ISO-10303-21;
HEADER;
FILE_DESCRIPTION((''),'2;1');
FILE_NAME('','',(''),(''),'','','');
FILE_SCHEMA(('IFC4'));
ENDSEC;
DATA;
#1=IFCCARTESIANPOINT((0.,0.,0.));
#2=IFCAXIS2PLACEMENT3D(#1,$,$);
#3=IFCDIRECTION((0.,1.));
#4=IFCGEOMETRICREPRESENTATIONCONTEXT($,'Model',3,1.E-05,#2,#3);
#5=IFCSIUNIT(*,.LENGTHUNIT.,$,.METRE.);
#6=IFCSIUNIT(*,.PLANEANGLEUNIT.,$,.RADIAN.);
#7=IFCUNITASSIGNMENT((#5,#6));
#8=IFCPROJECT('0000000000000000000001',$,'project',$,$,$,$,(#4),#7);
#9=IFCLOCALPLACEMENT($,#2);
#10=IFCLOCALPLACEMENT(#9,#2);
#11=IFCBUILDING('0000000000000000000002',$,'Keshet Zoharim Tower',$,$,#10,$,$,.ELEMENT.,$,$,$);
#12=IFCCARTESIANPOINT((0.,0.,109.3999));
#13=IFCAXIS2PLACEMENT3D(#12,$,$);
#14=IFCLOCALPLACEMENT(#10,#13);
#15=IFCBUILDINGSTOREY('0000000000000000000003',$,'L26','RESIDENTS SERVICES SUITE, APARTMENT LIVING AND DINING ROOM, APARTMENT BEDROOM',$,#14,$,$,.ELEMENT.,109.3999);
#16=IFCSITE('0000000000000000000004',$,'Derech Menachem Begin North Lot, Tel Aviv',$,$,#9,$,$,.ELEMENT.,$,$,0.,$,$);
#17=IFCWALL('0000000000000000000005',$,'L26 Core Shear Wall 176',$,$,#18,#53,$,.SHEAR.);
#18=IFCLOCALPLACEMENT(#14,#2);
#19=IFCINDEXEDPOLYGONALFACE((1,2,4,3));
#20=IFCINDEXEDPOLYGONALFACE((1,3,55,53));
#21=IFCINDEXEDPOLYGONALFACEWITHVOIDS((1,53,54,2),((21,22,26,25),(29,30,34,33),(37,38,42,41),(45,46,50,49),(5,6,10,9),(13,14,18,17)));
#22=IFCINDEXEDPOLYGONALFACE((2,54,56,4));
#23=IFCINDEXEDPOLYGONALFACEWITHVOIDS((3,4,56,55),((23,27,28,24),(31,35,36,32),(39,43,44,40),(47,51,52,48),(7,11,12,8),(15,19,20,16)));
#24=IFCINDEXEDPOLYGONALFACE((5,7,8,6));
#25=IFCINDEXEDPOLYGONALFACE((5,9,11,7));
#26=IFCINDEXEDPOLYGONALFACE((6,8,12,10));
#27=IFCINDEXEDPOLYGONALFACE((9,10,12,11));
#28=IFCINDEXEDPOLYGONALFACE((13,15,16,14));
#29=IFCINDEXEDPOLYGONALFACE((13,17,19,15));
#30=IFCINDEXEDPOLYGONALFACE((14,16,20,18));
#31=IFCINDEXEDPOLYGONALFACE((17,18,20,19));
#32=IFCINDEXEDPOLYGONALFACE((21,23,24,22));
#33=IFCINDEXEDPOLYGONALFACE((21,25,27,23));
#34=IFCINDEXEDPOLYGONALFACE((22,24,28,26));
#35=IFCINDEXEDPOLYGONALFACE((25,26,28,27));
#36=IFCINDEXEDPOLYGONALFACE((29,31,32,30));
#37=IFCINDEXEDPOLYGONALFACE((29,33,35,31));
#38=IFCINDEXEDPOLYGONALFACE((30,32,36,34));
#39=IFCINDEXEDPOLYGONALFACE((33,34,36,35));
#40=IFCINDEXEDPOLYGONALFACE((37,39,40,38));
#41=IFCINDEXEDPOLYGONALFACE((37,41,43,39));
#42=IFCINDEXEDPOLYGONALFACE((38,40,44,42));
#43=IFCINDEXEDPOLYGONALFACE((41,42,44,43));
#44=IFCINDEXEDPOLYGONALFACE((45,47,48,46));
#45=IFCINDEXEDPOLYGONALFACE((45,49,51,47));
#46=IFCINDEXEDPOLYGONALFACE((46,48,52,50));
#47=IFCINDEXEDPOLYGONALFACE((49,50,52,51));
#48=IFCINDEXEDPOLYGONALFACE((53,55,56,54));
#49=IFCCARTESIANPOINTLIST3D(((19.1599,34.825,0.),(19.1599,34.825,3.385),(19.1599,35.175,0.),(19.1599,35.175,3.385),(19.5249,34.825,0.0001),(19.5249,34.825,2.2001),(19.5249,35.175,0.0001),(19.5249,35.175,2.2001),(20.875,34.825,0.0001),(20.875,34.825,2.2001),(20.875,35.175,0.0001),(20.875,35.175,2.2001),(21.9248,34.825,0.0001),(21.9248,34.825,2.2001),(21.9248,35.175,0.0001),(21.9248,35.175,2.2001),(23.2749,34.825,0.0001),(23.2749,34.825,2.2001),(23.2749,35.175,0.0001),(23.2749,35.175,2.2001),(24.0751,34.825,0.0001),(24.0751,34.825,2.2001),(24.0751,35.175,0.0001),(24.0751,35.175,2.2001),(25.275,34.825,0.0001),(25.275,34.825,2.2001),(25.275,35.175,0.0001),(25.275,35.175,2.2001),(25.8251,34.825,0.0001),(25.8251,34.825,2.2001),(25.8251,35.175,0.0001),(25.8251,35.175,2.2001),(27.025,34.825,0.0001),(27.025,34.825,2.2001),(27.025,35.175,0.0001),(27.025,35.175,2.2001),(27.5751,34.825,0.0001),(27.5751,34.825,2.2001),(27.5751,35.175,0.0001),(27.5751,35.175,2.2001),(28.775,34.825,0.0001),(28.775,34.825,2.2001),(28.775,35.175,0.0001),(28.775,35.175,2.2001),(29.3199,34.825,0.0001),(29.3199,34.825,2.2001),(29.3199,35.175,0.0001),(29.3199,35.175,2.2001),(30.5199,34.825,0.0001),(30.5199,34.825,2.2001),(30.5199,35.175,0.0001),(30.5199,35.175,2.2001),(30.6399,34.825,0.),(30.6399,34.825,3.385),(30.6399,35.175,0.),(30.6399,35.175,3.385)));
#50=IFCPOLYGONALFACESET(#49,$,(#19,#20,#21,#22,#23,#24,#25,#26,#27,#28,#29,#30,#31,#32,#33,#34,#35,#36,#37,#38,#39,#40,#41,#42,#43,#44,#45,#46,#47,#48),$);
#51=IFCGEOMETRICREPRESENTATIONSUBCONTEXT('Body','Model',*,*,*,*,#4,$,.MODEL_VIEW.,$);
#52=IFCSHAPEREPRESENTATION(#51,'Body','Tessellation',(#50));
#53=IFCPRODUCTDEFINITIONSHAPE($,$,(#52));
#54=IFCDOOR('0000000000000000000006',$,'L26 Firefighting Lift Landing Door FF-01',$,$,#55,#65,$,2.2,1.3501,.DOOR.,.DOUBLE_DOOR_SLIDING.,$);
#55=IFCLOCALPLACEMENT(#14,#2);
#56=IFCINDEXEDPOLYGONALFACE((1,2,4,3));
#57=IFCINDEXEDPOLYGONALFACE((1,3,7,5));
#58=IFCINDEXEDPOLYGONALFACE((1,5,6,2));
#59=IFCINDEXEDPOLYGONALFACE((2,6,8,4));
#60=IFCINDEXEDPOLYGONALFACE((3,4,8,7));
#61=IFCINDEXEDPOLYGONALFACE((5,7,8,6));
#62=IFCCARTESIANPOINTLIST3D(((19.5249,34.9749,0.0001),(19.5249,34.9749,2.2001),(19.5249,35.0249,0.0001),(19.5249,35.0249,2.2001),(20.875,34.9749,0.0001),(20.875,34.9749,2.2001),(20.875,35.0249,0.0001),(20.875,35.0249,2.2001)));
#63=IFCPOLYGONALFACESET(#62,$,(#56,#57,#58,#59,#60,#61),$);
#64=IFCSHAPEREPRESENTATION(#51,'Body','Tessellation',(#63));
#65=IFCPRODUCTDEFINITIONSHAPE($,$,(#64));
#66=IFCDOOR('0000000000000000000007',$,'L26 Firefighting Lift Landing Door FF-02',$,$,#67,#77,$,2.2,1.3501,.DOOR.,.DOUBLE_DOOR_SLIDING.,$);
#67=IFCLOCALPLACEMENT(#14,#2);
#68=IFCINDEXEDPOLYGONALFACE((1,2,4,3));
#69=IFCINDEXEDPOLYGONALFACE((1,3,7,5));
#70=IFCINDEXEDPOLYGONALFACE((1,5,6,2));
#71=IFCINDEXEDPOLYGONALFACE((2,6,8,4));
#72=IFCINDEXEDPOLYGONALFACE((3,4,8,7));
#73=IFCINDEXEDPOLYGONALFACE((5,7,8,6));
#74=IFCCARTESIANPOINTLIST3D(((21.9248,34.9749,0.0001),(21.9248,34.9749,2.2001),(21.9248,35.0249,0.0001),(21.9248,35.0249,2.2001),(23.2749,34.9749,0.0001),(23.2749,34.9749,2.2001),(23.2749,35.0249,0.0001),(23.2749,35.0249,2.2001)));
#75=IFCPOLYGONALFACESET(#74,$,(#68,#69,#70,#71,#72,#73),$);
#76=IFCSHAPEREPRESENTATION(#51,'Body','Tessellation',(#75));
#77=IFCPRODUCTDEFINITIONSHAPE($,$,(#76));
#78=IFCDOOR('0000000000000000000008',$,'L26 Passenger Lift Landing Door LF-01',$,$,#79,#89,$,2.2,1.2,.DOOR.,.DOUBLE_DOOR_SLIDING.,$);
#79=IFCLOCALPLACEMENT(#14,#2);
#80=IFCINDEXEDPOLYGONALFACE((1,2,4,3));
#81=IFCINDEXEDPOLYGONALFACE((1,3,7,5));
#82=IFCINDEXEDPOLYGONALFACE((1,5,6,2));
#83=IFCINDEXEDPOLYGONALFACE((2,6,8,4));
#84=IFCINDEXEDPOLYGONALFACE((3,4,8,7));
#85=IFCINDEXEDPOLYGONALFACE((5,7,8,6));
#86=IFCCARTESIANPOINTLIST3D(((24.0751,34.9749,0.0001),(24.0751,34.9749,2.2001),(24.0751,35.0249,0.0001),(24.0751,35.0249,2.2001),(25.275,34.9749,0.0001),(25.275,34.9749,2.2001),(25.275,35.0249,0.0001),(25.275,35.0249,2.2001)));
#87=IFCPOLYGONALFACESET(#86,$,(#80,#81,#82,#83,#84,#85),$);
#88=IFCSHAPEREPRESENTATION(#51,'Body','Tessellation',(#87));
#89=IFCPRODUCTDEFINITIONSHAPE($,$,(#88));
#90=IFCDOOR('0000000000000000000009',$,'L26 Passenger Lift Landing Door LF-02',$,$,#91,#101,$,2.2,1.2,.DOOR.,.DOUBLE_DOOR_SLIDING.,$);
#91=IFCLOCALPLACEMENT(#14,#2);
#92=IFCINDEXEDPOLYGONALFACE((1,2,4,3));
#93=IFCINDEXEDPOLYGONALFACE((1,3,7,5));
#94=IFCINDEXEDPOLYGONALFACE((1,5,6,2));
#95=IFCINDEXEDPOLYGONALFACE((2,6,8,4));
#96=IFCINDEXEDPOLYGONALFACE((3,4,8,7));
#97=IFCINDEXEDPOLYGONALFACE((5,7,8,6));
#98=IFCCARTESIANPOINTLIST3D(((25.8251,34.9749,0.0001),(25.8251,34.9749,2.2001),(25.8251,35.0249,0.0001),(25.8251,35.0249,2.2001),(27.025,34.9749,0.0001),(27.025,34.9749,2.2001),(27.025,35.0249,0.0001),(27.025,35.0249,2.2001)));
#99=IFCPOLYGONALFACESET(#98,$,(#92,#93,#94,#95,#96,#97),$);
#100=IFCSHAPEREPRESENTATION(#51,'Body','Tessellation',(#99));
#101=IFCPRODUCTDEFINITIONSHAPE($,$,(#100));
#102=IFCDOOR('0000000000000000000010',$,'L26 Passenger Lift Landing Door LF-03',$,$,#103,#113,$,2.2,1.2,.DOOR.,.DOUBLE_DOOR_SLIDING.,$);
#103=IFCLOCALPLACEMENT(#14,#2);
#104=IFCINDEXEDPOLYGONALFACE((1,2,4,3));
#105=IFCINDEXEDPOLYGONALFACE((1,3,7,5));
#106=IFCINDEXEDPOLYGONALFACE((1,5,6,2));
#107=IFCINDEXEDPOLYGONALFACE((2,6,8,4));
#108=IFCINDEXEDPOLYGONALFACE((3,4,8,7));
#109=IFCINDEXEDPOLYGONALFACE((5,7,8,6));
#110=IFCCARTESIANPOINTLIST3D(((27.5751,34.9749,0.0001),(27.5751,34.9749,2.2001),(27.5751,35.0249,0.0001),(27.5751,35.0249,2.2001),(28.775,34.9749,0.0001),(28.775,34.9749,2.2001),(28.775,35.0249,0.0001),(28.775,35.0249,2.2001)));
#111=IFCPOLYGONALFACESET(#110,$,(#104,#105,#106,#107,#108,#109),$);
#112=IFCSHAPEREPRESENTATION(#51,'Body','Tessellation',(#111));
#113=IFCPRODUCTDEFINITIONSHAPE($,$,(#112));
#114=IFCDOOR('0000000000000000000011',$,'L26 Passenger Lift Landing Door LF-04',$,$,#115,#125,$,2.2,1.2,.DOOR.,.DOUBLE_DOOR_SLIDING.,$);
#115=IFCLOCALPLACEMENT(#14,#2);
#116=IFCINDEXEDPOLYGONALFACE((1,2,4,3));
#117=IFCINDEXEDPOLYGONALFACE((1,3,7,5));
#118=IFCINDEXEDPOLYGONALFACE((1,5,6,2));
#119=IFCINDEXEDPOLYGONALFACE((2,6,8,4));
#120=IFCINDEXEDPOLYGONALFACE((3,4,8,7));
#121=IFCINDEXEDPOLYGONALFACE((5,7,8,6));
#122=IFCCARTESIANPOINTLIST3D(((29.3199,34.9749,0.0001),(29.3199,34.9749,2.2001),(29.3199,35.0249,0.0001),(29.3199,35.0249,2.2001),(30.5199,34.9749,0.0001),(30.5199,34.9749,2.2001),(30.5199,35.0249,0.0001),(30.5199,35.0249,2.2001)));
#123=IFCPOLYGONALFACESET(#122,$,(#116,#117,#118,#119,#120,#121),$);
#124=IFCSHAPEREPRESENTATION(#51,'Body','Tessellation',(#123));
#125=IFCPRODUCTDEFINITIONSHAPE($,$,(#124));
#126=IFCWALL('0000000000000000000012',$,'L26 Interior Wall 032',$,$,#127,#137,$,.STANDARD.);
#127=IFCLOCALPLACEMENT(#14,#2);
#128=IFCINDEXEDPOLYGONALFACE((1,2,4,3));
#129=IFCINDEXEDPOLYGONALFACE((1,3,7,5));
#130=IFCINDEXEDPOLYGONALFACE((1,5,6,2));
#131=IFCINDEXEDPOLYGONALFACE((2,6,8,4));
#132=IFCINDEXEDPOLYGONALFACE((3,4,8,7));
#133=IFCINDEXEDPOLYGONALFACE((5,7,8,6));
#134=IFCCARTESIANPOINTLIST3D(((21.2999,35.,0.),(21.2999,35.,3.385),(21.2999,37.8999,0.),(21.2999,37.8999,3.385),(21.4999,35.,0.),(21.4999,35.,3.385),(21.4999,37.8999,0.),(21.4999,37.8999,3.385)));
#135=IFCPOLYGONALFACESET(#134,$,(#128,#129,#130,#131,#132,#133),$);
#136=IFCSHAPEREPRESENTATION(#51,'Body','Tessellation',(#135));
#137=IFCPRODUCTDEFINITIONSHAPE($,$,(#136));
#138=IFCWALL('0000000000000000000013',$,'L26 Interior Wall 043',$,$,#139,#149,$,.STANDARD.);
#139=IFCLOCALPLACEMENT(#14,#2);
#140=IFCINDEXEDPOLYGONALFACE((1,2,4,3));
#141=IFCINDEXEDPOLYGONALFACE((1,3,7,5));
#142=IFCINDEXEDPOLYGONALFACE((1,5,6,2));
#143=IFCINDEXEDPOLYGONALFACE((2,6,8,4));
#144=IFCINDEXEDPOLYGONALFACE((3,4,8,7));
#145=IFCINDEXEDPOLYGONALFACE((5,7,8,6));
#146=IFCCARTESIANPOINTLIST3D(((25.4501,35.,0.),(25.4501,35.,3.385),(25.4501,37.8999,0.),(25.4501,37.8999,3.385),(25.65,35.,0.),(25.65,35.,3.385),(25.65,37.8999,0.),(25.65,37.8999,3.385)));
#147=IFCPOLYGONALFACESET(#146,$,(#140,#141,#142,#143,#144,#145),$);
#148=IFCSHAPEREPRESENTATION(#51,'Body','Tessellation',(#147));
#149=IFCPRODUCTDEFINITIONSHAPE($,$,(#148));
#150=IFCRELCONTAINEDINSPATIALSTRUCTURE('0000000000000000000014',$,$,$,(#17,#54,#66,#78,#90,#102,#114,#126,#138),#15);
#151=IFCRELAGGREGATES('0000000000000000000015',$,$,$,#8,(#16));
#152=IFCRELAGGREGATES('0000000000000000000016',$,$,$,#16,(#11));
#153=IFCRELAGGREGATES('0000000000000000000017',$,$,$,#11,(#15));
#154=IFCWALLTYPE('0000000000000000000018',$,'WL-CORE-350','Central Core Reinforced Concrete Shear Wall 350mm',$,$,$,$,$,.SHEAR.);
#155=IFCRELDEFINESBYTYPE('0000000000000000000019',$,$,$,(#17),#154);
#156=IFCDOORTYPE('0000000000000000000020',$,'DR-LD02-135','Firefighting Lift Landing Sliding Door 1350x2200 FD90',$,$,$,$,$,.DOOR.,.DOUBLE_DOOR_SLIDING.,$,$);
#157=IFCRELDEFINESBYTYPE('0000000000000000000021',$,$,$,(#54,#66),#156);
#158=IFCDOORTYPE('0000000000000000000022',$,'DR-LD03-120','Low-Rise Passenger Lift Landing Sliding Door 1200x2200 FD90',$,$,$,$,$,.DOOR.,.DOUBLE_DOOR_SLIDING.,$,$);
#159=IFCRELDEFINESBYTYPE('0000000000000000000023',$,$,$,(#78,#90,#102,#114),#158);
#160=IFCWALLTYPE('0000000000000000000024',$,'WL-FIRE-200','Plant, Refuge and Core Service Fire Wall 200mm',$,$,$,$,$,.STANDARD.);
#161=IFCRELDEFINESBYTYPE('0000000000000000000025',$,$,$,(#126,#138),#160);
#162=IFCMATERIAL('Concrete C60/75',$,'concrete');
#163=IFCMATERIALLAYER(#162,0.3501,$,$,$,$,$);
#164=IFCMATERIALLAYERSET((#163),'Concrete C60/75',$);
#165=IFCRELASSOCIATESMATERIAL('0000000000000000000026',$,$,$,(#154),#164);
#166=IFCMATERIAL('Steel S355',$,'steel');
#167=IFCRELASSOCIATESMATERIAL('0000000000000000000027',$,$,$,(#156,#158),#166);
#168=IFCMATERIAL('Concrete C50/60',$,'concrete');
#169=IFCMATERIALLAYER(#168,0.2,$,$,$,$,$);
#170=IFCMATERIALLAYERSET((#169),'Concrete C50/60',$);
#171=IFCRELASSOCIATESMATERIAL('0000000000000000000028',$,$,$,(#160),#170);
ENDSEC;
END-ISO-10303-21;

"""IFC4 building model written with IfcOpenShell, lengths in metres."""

from ifc_helpers import new_model, si_unit, direction, frame, frame_2d, origin, place, context, subcontext, project, spatial, rectangle, extrude, material, layer, layer_set, type_object, element, fill, save


model = new_model("IFC4")

# Units and contexts
model_context = context("Model", 3, precision=1e-05, world=origin(), true_north=direction((0.0, 1.0)))
body_context = subcontext(model_context, "Body", "Model", "MODEL_VIEW")
ifc_project = project(units=[si_unit("LENGTHUNIT", "METRE"), si_unit("PLANEANGLEUNIT", "RADIAN")], contexts=[model_context])

# Site, building, storey
site_placement = place(None, origin())
site = spatial("IfcSite", under=ifc_project, at=site_placement, Name="Derech Menachem Begin North Lot, Tel Aviv", CompositionType="ELEMENT", RefElevation=0.0)
building_placement = place(site_placement, origin())
building = spatial("IfcBuilding", under=site, at=building_placement, Name="Keshet Zoharim Tower", CompositionType="ELEMENT")
storey_placement = place(building_placement, frame((0.0, 0.0, 109.3999)))
storey = spatial("IfcBuildingStorey", under=building, at=storey_placement, Name="L26", Description="RESIDENTS SERVICES SUITE, APARTMENT LIVING AND DINING ROOM, APARTMENT BEDROOM", CompositionType="ELEMENT", Elevation=109.3999)

# Shared definitions
ifc_material_1 = material(Name="Concrete C60/75", Category="concrete")
ifc_layer_1 = layer(ifc_material_1, 0.3501)
ifc_layer_set_1 = layer_set([ifc_layer_1], Name="Concrete C60/75")
wall_type_1 = type_object("IfcWallType", Name="WL-CORE-350", Description="Central Core Reinforced Concrete Shear Wall 350mm", PredefinedType="SHEAR", material=ifc_layer_set_1)

# Wall, openings, doors
wall_1_placement = place(storey_placement, frame((19.1599, 35.0, 0.0), z_axis=(0.0, 0.0, 1.0), x_axis=(1.0, 0.0, 0.0)))
wall_1 = element("IfcWall", 1, at=wall_1_placement, inside=storey, type_object=wall_type_1, Name="L26 Core Shear Wall 176", PredefinedType="SHEAR", context=body_context, shape_type="SweptSolid", body=[
    extrude(rectangle(XDim=11.48, YDim=0.3501, at=frame_2d((5.74, 0.0))), origin(), (0.0, 0.0, 1.0), 3.385),
])
opening_1_placement = place(wall_1_placement, frame((0.365, 0.0, 0.0)))
opening_1 = element("IfcOpeningElement", 2, at=opening_1_placement, cuts=wall_1, PredefinedType="OPENING", context=body_context, shape_type="SweptSolid", body=[
    extrude(rectangle(XDim=1.3501, YDim=2.2, at=frame_2d((0.675, 1.1001))), frame((0.0, 0.1851, 0.0), z_axis=(0.0, -1.0, 0.0), x_axis=(1.0, 0.0, 0.0)), (0.0, 0.0, 1.0), 0.3701),
])
opening_2_placement = place(wall_1_placement, frame((2.7649, 0.0, 0.0)))
opening_2 = element("IfcOpeningElement", 3, at=opening_2_placement, cuts=wall_1, PredefinedType="OPENING", context=body_context, shape_type="SweptSolid", body=[
    extrude(rectangle(XDim=1.3501, YDim=2.2, at=frame_2d((0.675, 1.1001))), frame((0.0, 0.1851, 0.0), z_axis=(0.0, -1.0, 0.0), x_axis=(1.0, 0.0, 0.0)), (0.0, 0.0, 1.0), 0.3701),
])
opening_3_placement = place(wall_1_placement, frame((4.915, 0.0, 0.0)))
opening_3 = element("IfcOpeningElement", 4, at=opening_3_placement, cuts=wall_1, PredefinedType="OPENING", context=body_context, shape_type="SweptSolid", body=[
    extrude(rectangle(XDim=1.2, YDim=2.2, at=frame_2d((0.6001, 1.1001))), frame((0.0, 0.1851, 0.0), z_axis=(0.0, -1.0, 0.0), x_axis=(1.0, 0.0, 0.0)), (0.0, 0.0, 1.0), 0.3701),
])
opening_4_placement = place(wall_1_placement, frame((6.665, 0.0, 0.0)))
opening_4 = element("IfcOpeningElement", 5, at=opening_4_placement, cuts=wall_1, PredefinedType="OPENING", context=body_context, shape_type="SweptSolid", body=[
    extrude(rectangle(XDim=1.2, YDim=2.2, at=frame_2d((0.6001, 1.1001))), frame((0.0, 0.1851, 0.0), z_axis=(0.0, -1.0, 0.0), x_axis=(1.0, 0.0, 0.0)), (0.0, 0.0, 1.0), 0.3701),
])
opening_5_placement = place(wall_1_placement, frame((8.415, 0.0, 0.0)))
opening_5 = element("IfcOpeningElement", 6, at=opening_5_placement, cuts=wall_1, PredefinedType="OPENING", context=body_context, shape_type="SweptSolid", body=[
    extrude(rectangle(XDim=1.2, YDim=2.2, at=frame_2d((0.6001, 1.1001))), frame((0.0, 0.1851, 0.0), z_axis=(0.0, -1.0, 0.0), x_axis=(1.0, 0.0, 0.0)), (0.0, 0.0, 1.0), 0.3701),
])
opening_6_placement = place(wall_1_placement, frame((10.1599, 0.0, 0.0)))
opening_6 = element("IfcOpeningElement", 7, at=opening_6_placement, cuts=wall_1, PredefinedType="OPENING", context=body_context, shape_type="SweptSolid", body=[
    extrude(rectangle(XDim=1.2, YDim=2.2, at=frame_2d((0.6001, 1.1001))), frame((0.0, 0.1851, 0.0), z_axis=(0.0, -1.0, 0.0), x_axis=(1.0, 0.0, 0.0)), (0.0, 0.0, 1.0), 0.3701),
])
ifc_material_2 = material(Name="Steel S355", Category="steel")
door_type_1 = type_object("IfcDoorType", Name="DR-LD02-135", Description="Firefighting Lift Landing Sliding Door 1350x2200 FD90", OperationType="DOUBLE_DOOR_SLIDING", PredefinedType="DOOR", material=ifc_material_2)
door_1_placement = place(opening_1_placement, origin())
door_1 = element("IfcDoor", 8, at=door_1_placement, inside=storey, type_object=door_type_1, Name="L26 Firefighting Lift Landing Door FF-01", OperationType="DOUBLE_DOOR_SLIDING", OverallHeight=2.2, OverallWidth=1.3501, PredefinedType="DOOR", context=body_context, shape_type="SweptSolid", body=[
    extrude(rectangle(XDim=1.3501, YDim=2.2, at=frame_2d((0.675, 1.1001))), frame((0.0, 0.0249, 0.0), z_axis=(0.0, -1.0, 0.0), x_axis=(1.0, 0.0, 0.0)), (0.0, 0.0, 1.0), 0.05),
])
fill(opening_1, door_1)
door_2_placement = place(opening_2_placement, origin())
door_2 = element("IfcDoor", 9, at=door_2_placement, inside=storey, type_object=door_type_1, Name="L26 Firefighting Lift Landing Door FF-02", OperationType="DOUBLE_DOOR_SLIDING", OverallHeight=2.2, OverallWidth=1.3501, PredefinedType="DOOR", context=body_context, shape_type="SweptSolid", body=[
    extrude(rectangle(XDim=1.3501, YDim=2.2, at=frame_2d((0.675, 1.1001))), frame((0.0, 0.0249, 0.0), z_axis=(0.0, -1.0, 0.0), x_axis=(1.0, 0.0, 0.0)), (0.0, 0.0, 1.0), 0.05),
])
fill(opening_2, door_2)
door_type_2 = type_object("IfcDoorType", Name="DR-LD03-120", Description="Low-Rise Passenger Lift Landing Sliding Door 1200x2200 FD90", OperationType="DOUBLE_DOOR_SLIDING", PredefinedType="DOOR", material=ifc_material_2)
door_3_placement = place(opening_3_placement, origin())
door_3 = element("IfcDoor", 10, at=door_3_placement, inside=storey, type_object=door_type_2, Name="L26 Passenger Lift Landing Door LF-01", OperationType="DOUBLE_DOOR_SLIDING", OverallHeight=2.2, OverallWidth=1.2, PredefinedType="DOOR", context=body_context, shape_type="SweptSolid", body=[
    extrude(rectangle(XDim=1.2, YDim=2.2, at=frame_2d((0.6001, 1.1001))), frame((0.0, 0.0249, 0.0), z_axis=(0.0, -1.0, 0.0), x_axis=(1.0, 0.0, 0.0)), (0.0, 0.0, 1.0), 0.05),
])
fill(opening_3, door_3)
door_4_placement = place(opening_4_placement, origin())
door_4 = element("IfcDoor", 11, at=door_4_placement, inside=storey, type_object=door_type_2, Name="L26 Passenger Lift Landing Door LF-02", OperationType="DOUBLE_DOOR_SLIDING", OverallHeight=2.2, OverallWidth=1.2, PredefinedType="DOOR", context=body_context, shape_type="SweptSolid", body=[
    extrude(rectangle(XDim=1.2, YDim=2.2, at=frame_2d((0.6001, 1.1001))), frame((0.0, 0.0249, 0.0), z_axis=(0.0, -1.0, 0.0), x_axis=(1.0, 0.0, 0.0)), (0.0, 0.0, 1.0), 0.05),
])
fill(opening_4, door_4)
door_5_placement = place(opening_5_placement, origin())
door_5 = element("IfcDoor", 12, at=door_5_placement, inside=storey, type_object=door_type_2, Name="L26 Passenger Lift Landing Door LF-03", OperationType="DOUBLE_DOOR_SLIDING", OverallHeight=2.2, OverallWidth=1.2, PredefinedType="DOOR", context=body_context, shape_type="SweptSolid", body=[
    extrude(rectangle(XDim=1.2, YDim=2.2, at=frame_2d((0.6001, 1.1001))), frame((0.0, 0.0249, 0.0), z_axis=(0.0, -1.0, 0.0), x_axis=(1.0, 0.0, 0.0)), (0.0, 0.0, 1.0), 0.05),
])
fill(opening_5, door_5)
door_6_placement = place(opening_6_placement, origin())
door_6 = element("IfcDoor", 13, at=door_6_placement, inside=storey, type_object=door_type_2, Name="L26 Passenger Lift Landing Door LF-04", OperationType="DOUBLE_DOOR_SLIDING", OverallHeight=2.2, OverallWidth=1.2, PredefinedType="DOOR", context=body_context, shape_type="SweptSolid", body=[
    extrude(rectangle(XDim=1.2, YDim=2.2, at=frame_2d((0.6001, 1.1001))), frame((0.0, 0.0249, 0.0), z_axis=(0.0, -1.0, 0.0), x_axis=(1.0, 0.0, 0.0)), (0.0, 0.0, 1.0), 0.05),
])
fill(opening_6, door_6)

# Walls
ifc_material_3 = material(Name="Concrete C50/60", Category="concrete")
ifc_layer_2 = layer(ifc_material_3, 0.2)
ifc_layer_set_2 = layer_set([ifc_layer_2], Name="Concrete C50/60")
wall_type_2 = type_object("IfcWallType", Name="WL-FIRE-200", Description="Plant, Refuge and Core Service Fire Wall 200mm", PredefinedType="STANDARD", material=ifc_layer_set_2)
for number, where, z_axis, x_axis, name in (
    (14, (21.3999, 35.0, 0.0), (0.0, 0.0, 1.0), (0.0, 1.0, 0.0), "L26 Interior Wall 032"),
    (15, (25.55, 35.0, 0.0), (0.0, 0.0, 1.0), (0.0, 1.0, 0.0), "L26 Interior Wall 043"),
):
    element("IfcWall", number, at=place(storey_placement, frame(where, z_axis=z_axis, x_axis=x_axis)), inside=storey, type_object=wall_type_2, Name=name, PredefinedType="STANDARD", context=body_context, shape_type="SweptSolid", body=[
        extrude(rectangle(XDim=2.8999, YDim=0.2, at=frame_2d((1.45, 0.0))), origin(), (0.0, 0.0, 1.0), 3.385),
    ])

save(model, "model.ifc")
